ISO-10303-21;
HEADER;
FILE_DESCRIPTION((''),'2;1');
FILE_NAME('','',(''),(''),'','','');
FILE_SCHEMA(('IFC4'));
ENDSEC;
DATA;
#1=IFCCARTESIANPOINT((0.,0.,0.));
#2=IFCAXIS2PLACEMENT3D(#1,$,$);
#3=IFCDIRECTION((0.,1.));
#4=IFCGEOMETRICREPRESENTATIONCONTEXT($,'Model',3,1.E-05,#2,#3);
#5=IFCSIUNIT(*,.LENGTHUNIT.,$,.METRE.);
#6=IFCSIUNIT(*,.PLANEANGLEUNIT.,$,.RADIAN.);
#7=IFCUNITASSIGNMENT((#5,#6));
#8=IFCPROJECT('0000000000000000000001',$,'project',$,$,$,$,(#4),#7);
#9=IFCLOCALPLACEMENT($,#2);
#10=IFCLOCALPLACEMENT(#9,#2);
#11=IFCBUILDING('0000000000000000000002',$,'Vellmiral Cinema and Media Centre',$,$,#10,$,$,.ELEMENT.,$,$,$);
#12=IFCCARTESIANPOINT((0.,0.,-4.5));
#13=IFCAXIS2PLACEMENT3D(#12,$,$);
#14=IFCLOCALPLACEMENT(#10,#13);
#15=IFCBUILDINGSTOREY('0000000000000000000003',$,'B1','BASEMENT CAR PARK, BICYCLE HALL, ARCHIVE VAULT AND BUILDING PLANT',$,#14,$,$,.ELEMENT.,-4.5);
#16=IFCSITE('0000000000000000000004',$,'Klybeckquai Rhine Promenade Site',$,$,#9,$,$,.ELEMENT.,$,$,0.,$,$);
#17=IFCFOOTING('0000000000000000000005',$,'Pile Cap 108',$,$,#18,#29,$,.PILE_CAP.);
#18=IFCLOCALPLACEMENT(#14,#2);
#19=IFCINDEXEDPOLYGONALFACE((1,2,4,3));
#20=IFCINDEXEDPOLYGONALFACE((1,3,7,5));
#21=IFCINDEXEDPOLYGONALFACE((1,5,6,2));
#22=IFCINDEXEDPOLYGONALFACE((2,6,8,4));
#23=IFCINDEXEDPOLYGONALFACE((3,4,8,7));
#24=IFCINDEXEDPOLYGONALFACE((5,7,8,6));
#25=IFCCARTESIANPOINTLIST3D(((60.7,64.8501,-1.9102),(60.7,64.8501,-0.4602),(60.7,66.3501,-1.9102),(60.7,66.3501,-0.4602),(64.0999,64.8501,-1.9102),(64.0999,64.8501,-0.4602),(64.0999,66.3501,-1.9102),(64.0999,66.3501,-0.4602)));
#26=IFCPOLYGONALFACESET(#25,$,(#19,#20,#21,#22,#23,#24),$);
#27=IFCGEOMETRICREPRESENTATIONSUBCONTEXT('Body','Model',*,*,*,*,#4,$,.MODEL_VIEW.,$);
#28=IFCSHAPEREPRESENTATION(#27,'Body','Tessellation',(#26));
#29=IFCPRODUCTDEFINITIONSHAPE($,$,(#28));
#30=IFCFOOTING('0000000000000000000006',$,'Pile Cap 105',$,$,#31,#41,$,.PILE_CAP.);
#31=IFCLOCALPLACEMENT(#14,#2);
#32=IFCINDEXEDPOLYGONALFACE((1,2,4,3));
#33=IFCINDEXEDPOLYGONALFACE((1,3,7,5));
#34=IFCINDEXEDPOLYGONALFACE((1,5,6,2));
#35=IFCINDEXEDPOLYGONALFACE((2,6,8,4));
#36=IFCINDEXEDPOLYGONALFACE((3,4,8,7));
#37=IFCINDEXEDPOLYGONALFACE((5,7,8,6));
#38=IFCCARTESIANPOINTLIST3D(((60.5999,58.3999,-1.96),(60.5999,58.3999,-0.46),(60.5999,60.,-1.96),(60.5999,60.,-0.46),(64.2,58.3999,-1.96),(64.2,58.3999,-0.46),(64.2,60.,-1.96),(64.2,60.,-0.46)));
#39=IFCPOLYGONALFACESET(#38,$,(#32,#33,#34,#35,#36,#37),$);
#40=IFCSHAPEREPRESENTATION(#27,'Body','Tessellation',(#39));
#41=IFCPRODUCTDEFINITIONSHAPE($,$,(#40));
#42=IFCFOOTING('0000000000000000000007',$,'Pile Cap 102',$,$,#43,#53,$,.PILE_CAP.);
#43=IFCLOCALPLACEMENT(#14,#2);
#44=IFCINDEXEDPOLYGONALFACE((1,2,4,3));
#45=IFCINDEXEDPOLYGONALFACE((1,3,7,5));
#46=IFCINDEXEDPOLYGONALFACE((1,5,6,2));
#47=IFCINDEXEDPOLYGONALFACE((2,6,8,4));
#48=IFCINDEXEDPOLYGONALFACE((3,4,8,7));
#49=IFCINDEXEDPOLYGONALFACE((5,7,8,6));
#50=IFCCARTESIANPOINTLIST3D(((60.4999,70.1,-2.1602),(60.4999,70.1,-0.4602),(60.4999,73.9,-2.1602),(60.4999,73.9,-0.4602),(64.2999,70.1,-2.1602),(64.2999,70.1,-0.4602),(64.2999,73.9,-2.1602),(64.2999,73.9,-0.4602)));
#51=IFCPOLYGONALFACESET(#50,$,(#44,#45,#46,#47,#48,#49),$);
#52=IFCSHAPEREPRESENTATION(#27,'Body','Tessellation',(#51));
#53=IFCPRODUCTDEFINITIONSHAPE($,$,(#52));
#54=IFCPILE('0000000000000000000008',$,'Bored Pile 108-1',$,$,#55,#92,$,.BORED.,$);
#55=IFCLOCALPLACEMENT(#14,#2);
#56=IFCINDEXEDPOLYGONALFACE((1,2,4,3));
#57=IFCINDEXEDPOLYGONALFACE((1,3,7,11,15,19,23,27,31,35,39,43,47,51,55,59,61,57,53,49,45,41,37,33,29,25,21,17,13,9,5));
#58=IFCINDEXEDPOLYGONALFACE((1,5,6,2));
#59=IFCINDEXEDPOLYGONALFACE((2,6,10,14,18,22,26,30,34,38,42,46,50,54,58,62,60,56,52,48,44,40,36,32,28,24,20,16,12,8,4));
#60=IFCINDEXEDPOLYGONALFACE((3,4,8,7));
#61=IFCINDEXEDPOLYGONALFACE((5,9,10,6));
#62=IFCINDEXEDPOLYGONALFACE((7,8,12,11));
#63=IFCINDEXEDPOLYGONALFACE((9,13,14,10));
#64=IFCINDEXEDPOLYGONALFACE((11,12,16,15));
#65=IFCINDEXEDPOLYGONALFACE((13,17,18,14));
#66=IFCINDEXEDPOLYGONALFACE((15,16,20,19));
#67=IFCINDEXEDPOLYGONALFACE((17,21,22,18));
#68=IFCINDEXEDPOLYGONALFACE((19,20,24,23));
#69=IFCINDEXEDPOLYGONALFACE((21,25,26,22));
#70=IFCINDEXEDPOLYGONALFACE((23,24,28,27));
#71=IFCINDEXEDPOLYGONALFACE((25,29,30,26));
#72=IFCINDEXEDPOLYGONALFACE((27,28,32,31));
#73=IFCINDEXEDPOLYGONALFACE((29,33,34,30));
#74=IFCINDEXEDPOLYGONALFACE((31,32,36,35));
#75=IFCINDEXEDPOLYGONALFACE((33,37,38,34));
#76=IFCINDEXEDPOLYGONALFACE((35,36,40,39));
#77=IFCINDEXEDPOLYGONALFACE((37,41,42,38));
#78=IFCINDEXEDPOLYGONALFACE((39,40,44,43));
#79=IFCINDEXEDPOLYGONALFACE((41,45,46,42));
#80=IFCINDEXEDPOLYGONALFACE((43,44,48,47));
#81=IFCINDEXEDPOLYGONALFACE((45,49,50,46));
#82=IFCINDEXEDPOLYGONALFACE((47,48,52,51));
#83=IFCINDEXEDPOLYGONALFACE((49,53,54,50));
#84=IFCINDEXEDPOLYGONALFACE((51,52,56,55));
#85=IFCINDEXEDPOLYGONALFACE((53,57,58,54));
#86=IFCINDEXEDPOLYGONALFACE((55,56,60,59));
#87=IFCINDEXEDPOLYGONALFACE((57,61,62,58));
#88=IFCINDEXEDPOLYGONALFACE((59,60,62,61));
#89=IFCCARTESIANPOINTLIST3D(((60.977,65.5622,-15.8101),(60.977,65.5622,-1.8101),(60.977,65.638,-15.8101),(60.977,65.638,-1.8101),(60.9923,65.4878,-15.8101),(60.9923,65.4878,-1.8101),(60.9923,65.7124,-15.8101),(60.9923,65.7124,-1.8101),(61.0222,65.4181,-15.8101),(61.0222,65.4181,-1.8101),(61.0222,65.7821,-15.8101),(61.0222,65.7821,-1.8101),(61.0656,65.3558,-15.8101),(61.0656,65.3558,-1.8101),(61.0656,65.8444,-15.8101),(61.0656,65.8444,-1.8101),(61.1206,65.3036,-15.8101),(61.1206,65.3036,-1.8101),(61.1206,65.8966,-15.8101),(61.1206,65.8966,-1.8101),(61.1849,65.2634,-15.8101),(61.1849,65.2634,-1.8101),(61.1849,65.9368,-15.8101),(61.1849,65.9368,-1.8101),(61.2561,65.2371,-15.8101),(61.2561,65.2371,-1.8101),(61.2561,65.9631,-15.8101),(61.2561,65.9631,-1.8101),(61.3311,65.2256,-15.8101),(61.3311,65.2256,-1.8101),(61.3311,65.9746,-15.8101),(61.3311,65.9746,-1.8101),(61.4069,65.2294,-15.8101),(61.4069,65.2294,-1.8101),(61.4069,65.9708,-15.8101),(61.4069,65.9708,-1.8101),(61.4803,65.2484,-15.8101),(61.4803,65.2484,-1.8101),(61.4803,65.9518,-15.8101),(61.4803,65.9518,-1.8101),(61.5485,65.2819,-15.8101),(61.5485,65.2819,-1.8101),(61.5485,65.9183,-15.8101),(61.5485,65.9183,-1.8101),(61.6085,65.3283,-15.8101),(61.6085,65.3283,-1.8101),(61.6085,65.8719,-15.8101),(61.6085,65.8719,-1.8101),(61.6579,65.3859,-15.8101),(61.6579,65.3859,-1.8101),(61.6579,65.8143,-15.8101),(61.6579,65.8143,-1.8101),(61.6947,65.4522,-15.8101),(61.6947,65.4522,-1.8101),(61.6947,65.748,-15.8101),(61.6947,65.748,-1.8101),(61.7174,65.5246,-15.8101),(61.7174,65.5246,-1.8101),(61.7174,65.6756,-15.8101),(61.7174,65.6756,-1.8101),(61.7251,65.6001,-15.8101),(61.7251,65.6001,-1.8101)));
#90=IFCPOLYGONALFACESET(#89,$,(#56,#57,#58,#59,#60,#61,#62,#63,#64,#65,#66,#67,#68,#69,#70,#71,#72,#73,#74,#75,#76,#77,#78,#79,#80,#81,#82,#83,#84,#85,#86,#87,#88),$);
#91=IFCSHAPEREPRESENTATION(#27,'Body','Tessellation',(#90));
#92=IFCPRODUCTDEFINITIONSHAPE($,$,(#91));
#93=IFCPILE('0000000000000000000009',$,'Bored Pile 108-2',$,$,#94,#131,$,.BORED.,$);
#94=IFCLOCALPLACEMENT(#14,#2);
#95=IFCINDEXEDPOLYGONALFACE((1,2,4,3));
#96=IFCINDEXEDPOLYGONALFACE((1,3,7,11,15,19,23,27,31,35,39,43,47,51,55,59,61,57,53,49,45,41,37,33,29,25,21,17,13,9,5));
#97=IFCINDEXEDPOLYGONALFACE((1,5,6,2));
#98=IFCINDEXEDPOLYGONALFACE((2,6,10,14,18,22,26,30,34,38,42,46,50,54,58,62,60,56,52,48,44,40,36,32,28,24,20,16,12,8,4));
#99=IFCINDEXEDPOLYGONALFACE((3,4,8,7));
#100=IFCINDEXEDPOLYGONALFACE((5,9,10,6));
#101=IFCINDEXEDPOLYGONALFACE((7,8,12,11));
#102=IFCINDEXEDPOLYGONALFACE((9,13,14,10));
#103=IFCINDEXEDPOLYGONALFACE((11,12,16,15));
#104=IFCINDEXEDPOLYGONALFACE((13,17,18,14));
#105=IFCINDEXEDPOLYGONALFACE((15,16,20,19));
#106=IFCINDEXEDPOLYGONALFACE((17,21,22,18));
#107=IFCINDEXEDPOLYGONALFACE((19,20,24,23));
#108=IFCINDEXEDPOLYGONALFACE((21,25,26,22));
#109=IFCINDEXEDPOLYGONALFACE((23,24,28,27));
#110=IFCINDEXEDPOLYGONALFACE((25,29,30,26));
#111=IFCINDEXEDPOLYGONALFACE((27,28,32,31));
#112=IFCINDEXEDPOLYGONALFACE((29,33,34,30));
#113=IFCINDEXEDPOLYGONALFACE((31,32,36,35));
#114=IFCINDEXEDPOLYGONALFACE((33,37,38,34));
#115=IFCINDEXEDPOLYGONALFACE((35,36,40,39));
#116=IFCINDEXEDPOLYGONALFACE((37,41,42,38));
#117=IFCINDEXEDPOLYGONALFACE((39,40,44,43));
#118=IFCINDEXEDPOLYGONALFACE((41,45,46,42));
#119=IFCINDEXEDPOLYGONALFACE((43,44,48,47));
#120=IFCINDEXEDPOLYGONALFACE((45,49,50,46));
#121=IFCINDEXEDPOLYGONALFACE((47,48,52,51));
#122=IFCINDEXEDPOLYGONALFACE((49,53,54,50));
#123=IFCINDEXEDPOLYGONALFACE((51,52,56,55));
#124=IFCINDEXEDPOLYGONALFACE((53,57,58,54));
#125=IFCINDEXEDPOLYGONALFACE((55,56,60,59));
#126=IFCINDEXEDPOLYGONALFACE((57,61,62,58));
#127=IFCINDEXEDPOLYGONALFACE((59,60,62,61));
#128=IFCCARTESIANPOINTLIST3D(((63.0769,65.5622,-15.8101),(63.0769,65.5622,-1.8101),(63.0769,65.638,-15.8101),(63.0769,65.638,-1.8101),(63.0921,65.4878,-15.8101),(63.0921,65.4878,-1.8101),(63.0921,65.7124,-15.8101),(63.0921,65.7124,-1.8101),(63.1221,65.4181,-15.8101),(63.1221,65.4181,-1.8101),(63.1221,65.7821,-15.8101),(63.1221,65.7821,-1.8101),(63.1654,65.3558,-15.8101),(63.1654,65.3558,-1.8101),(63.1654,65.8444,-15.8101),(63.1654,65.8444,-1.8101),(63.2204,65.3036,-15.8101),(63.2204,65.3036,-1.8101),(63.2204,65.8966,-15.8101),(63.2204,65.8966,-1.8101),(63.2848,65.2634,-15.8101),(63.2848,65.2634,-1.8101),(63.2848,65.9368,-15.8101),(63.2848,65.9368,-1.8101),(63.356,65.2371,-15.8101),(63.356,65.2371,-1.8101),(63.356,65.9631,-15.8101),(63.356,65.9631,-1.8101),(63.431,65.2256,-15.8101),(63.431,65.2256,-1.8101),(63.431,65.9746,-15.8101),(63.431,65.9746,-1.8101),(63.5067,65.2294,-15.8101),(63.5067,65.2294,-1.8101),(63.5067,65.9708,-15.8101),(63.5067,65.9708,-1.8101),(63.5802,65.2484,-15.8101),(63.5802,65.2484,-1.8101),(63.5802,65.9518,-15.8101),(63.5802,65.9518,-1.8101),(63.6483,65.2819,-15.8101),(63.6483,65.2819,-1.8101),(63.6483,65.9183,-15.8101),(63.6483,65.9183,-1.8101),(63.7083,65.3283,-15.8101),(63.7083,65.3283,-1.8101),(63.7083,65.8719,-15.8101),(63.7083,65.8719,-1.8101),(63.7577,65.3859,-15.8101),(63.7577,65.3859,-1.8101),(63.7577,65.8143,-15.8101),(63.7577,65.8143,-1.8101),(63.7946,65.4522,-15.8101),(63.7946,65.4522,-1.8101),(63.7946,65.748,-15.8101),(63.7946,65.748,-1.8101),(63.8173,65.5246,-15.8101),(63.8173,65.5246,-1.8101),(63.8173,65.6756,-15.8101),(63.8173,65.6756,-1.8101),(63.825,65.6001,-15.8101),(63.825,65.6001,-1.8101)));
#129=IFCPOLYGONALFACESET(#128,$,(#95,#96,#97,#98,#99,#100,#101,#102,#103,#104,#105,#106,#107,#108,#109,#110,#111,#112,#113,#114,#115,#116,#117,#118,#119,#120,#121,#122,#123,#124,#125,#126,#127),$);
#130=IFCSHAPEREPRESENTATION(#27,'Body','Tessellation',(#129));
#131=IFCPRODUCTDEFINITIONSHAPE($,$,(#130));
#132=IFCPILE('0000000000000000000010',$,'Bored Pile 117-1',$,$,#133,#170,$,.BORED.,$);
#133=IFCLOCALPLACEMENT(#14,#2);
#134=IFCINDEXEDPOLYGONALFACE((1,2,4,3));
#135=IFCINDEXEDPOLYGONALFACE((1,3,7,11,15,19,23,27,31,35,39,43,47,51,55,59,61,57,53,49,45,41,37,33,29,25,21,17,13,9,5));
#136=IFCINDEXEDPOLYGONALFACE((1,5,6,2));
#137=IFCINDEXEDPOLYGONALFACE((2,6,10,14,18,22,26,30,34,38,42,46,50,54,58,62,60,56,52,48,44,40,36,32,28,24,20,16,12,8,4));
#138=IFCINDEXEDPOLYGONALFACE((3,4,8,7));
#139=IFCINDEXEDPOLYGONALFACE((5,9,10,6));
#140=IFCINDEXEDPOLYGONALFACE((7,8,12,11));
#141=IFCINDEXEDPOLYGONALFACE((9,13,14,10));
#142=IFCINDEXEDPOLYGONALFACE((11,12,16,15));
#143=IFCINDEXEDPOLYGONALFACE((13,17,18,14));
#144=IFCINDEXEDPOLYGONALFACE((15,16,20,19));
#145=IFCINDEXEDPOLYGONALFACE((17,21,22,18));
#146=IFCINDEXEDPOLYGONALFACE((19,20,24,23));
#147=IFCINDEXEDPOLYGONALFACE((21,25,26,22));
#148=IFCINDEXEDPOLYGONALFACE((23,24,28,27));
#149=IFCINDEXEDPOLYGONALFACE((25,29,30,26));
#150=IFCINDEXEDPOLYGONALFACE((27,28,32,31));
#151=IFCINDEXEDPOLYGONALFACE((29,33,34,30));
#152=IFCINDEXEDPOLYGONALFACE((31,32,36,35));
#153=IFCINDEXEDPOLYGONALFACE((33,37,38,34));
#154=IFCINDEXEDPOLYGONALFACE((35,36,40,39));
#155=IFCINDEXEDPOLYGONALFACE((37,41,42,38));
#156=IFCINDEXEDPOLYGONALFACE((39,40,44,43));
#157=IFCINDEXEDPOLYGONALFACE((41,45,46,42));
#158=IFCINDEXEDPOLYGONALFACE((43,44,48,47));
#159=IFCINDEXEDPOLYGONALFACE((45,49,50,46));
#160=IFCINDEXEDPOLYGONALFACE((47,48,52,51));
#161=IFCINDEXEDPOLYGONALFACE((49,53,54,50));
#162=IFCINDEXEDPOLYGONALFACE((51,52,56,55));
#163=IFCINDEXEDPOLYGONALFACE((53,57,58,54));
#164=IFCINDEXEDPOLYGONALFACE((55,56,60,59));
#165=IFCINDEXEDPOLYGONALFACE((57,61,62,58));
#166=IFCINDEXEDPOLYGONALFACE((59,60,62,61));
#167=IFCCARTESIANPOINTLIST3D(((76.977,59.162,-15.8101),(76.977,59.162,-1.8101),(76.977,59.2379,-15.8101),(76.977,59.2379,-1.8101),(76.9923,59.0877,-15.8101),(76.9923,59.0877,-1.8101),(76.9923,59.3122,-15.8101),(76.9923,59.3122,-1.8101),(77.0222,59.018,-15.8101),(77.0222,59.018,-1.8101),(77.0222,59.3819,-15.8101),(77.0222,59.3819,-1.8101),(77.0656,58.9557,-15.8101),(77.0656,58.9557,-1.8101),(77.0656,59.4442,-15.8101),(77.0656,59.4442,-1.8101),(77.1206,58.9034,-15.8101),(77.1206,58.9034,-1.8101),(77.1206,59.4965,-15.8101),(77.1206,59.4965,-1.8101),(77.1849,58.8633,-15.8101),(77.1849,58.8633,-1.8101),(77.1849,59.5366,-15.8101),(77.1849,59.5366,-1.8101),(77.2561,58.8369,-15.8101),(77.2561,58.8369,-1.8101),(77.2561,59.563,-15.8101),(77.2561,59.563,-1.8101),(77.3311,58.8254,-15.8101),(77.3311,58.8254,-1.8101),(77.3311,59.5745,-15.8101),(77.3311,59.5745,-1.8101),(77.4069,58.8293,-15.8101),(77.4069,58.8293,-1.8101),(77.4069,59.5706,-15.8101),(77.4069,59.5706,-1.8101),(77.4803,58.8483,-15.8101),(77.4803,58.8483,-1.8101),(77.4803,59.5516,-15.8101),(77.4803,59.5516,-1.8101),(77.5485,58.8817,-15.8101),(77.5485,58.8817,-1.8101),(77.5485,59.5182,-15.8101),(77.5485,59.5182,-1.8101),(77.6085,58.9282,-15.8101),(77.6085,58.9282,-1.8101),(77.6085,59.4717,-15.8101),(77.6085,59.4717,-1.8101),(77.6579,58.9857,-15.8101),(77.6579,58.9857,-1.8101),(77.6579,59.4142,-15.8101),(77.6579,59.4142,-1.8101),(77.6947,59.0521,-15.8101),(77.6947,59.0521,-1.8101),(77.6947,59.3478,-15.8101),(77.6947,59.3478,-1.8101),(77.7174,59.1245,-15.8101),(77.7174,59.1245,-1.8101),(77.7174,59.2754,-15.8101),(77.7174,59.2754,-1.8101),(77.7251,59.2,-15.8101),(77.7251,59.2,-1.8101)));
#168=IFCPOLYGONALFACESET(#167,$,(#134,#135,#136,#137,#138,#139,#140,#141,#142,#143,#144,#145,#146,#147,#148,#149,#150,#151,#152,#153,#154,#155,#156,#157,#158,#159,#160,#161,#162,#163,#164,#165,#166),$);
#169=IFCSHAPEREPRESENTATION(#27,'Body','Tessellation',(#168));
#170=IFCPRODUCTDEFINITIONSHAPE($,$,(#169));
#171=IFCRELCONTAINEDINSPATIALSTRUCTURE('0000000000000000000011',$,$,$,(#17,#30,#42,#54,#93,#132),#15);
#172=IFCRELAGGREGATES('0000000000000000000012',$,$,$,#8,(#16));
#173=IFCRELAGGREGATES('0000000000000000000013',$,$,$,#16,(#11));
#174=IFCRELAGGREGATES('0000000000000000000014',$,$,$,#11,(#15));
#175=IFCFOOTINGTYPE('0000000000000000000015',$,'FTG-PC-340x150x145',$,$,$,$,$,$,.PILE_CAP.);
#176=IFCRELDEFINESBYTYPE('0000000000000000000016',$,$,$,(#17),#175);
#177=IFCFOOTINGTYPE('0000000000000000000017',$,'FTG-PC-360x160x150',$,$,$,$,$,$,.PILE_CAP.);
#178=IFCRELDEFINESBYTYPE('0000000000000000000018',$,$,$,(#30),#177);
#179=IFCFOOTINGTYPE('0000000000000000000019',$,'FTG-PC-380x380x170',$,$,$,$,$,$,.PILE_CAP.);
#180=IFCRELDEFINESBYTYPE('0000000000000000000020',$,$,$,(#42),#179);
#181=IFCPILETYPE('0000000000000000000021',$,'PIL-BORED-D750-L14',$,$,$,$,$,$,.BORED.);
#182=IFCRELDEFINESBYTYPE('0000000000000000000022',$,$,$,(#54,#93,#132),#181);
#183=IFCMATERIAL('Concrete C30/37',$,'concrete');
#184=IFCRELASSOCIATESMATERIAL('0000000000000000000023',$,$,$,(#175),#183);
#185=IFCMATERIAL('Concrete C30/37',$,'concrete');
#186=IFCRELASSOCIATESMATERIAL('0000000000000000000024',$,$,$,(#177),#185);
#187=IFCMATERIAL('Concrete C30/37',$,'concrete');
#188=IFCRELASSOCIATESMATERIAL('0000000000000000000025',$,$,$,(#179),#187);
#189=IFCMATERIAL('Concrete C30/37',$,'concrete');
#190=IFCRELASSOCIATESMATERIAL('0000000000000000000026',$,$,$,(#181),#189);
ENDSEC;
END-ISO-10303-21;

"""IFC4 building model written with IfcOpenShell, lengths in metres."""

from ifc_helpers import new_model, si_unit, direction, frame, origin, origin_2d, place, context, subcontext, project, spatial, rectangle, circle, extrude, material, material_profile, profile_set, type_object, element, save


model = new_model("IFC4")

# Units and contexts
model_context = context("Model", 3, precision=1e-05, world=origin(), true_north=direction((0.0, 1.0)))
body_context = subcontext(model_context, "Body", "Model", "MODEL_VIEW")
ifc_project = project(units=[si_unit("LENGTHUNIT", "METRE"), si_unit("PLANEANGLEUNIT", "RADIAN")], contexts=[model_context])

# Site, building, storey
site_placement = place(None, origin())
site = spatial("IfcSite", under=ifc_project, at=site_placement, Name="Klybeckquai Rhine Promenade Site", CompositionType="ELEMENT", RefElevation=0.0)
building_placement = place(site_placement, origin())
building = spatial("IfcBuilding", under=site, at=building_placement, Name="Vellmiral Cinema and Media Centre", CompositionType="ELEMENT")
storey_placement = place(building_placement, frame((0.0, 0.0, -4.5)))
storey = spatial("IfcBuildingStorey", under=building, at=storey_placement, Name="B1", Description="BASEMENT CAR PARK, BICYCLE HALL, ARCHIVE VAULT AND BUILDING PLANT", CompositionType="ELEMENT", Elevation=-4.5)

# Footings
ifc_material_1 = material(Name="Concrete C30/37", Category="concrete")
footing_type_1 = type_object("IfcFootingType", Name="FTG-PC-340x150x145", PredefinedType="PILE_CAP", material=ifc_material_1)
footing_1_placement = place(storey_placement, frame((62.3999, 65.6001, -1.9102), z_axis=(0.0, 0.0, 1.0), x_axis=(1.0, 0.0, 0.0)))
element("IfcFooting", 1, at=footing_1_placement, inside=storey, type_object=footing_type_1, Name="Pile Cap 108", PredefinedType="PILE_CAP", context=body_context, shape_type="SweptSolid", body=[
    extrude(rectangle(XDim=3.3999, YDim=1.5, at=origin_2d()), origin(), (0.0, 0.0, 1.0), 1.45),
])
ifc_material_2 = material(Name="Concrete C30/37", Category="concrete")
footing_type_2 = type_object("IfcFootingType", Name="FTG-PC-360x160x150", PredefinedType="PILE_CAP", material=ifc_material_2)
footing_2_placement = place(storey_placement, frame((62.3999, 59.2, -1.96), z_axis=(0.0, 0.0, 1.0), x_axis=(1.0, 0.0, 0.0)))
element("IfcFooting", 2, at=footing_2_placement, inside=storey, type_object=footing_type_2, Name="Pile Cap 105", PredefinedType="PILE_CAP", context=body_context, shape_type="SweptSolid", body=[
    extrude(rectangle(XDim=3.6001, YDim=1.6001, at=origin_2d()), origin(), (0.0, 0.0, 1.0), 1.5),
])
ifc_material_3 = material(Name="Concrete C30/37", Category="concrete")
footing_type_3 = type_object("IfcFootingType", Name="FTG-PC-380x380x170", PredefinedType="PILE_CAP", material=ifc_material_3)
footing_3_placement = place(storey_placement, frame((62.3999, 72.0, -2.1602), z_axis=(0.0, 0.0, 1.0), x_axis=(1.0, 0.0, 0.0)))
element("IfcFooting", 3, at=footing_3_placement, inside=storey, type_object=footing_type_3, Name="Pile Cap 102", PredefinedType="PILE_CAP", context=body_context, shape_type="SweptSolid", body=[
    extrude(rectangle(XDim=3.8, YDim=3.8, at=origin_2d()), origin(), (0.0, 0.0, 1.0), 1.7),
])

# Piles
ifc_material_4 = material(Name="Concrete C30/37", Category="concrete")
ifc_material_profile_1 = material_profile(ifc_material_4, circle(Radius=0.375, at=origin_2d()), Name="PILE D750")
ifc_profile_set_1 = profile_set([ifc_material_profile_1], Name="Concrete C30/37")
pile_type_1 = type_object("IfcPileType", Name="PIL-BORED-D750-L14", PredefinedType="BORED", material=ifc_profile_set_1)
for number, where, z_axis, x_axis, name in (
    (4, (61.3501, 65.6001, -1.8101), (0.0, 0.0, -1.0), (1.0, 0.0, 0.0), "Bored Pile 108-1"),
    (5, (63.45, 65.6001, -1.8101), (0.0, 0.0, -1.0), (1.0, 0.0, 0.0), "Bored Pile 108-2"),
    (6, (77.3501, 59.2, -1.8101), (0.0, 0.0, -1.0), (1.0, 0.0, 0.0), "Bored Pile 117-1"),
):
    element("IfcPile", number, at=place(storey_placement, frame(where, z_axis=z_axis, x_axis=x_axis)), inside=storey, type_object=pile_type_1, Name=name, PredefinedType="BORED", context=body_context, shape_type="SweptSolid", body=[
        extrude(circle(Radius=0.375, at=origin_2d()), origin(), (0.0, 0.0, 1.0), 14.0),
    ])

save(model, "model.ifc")
